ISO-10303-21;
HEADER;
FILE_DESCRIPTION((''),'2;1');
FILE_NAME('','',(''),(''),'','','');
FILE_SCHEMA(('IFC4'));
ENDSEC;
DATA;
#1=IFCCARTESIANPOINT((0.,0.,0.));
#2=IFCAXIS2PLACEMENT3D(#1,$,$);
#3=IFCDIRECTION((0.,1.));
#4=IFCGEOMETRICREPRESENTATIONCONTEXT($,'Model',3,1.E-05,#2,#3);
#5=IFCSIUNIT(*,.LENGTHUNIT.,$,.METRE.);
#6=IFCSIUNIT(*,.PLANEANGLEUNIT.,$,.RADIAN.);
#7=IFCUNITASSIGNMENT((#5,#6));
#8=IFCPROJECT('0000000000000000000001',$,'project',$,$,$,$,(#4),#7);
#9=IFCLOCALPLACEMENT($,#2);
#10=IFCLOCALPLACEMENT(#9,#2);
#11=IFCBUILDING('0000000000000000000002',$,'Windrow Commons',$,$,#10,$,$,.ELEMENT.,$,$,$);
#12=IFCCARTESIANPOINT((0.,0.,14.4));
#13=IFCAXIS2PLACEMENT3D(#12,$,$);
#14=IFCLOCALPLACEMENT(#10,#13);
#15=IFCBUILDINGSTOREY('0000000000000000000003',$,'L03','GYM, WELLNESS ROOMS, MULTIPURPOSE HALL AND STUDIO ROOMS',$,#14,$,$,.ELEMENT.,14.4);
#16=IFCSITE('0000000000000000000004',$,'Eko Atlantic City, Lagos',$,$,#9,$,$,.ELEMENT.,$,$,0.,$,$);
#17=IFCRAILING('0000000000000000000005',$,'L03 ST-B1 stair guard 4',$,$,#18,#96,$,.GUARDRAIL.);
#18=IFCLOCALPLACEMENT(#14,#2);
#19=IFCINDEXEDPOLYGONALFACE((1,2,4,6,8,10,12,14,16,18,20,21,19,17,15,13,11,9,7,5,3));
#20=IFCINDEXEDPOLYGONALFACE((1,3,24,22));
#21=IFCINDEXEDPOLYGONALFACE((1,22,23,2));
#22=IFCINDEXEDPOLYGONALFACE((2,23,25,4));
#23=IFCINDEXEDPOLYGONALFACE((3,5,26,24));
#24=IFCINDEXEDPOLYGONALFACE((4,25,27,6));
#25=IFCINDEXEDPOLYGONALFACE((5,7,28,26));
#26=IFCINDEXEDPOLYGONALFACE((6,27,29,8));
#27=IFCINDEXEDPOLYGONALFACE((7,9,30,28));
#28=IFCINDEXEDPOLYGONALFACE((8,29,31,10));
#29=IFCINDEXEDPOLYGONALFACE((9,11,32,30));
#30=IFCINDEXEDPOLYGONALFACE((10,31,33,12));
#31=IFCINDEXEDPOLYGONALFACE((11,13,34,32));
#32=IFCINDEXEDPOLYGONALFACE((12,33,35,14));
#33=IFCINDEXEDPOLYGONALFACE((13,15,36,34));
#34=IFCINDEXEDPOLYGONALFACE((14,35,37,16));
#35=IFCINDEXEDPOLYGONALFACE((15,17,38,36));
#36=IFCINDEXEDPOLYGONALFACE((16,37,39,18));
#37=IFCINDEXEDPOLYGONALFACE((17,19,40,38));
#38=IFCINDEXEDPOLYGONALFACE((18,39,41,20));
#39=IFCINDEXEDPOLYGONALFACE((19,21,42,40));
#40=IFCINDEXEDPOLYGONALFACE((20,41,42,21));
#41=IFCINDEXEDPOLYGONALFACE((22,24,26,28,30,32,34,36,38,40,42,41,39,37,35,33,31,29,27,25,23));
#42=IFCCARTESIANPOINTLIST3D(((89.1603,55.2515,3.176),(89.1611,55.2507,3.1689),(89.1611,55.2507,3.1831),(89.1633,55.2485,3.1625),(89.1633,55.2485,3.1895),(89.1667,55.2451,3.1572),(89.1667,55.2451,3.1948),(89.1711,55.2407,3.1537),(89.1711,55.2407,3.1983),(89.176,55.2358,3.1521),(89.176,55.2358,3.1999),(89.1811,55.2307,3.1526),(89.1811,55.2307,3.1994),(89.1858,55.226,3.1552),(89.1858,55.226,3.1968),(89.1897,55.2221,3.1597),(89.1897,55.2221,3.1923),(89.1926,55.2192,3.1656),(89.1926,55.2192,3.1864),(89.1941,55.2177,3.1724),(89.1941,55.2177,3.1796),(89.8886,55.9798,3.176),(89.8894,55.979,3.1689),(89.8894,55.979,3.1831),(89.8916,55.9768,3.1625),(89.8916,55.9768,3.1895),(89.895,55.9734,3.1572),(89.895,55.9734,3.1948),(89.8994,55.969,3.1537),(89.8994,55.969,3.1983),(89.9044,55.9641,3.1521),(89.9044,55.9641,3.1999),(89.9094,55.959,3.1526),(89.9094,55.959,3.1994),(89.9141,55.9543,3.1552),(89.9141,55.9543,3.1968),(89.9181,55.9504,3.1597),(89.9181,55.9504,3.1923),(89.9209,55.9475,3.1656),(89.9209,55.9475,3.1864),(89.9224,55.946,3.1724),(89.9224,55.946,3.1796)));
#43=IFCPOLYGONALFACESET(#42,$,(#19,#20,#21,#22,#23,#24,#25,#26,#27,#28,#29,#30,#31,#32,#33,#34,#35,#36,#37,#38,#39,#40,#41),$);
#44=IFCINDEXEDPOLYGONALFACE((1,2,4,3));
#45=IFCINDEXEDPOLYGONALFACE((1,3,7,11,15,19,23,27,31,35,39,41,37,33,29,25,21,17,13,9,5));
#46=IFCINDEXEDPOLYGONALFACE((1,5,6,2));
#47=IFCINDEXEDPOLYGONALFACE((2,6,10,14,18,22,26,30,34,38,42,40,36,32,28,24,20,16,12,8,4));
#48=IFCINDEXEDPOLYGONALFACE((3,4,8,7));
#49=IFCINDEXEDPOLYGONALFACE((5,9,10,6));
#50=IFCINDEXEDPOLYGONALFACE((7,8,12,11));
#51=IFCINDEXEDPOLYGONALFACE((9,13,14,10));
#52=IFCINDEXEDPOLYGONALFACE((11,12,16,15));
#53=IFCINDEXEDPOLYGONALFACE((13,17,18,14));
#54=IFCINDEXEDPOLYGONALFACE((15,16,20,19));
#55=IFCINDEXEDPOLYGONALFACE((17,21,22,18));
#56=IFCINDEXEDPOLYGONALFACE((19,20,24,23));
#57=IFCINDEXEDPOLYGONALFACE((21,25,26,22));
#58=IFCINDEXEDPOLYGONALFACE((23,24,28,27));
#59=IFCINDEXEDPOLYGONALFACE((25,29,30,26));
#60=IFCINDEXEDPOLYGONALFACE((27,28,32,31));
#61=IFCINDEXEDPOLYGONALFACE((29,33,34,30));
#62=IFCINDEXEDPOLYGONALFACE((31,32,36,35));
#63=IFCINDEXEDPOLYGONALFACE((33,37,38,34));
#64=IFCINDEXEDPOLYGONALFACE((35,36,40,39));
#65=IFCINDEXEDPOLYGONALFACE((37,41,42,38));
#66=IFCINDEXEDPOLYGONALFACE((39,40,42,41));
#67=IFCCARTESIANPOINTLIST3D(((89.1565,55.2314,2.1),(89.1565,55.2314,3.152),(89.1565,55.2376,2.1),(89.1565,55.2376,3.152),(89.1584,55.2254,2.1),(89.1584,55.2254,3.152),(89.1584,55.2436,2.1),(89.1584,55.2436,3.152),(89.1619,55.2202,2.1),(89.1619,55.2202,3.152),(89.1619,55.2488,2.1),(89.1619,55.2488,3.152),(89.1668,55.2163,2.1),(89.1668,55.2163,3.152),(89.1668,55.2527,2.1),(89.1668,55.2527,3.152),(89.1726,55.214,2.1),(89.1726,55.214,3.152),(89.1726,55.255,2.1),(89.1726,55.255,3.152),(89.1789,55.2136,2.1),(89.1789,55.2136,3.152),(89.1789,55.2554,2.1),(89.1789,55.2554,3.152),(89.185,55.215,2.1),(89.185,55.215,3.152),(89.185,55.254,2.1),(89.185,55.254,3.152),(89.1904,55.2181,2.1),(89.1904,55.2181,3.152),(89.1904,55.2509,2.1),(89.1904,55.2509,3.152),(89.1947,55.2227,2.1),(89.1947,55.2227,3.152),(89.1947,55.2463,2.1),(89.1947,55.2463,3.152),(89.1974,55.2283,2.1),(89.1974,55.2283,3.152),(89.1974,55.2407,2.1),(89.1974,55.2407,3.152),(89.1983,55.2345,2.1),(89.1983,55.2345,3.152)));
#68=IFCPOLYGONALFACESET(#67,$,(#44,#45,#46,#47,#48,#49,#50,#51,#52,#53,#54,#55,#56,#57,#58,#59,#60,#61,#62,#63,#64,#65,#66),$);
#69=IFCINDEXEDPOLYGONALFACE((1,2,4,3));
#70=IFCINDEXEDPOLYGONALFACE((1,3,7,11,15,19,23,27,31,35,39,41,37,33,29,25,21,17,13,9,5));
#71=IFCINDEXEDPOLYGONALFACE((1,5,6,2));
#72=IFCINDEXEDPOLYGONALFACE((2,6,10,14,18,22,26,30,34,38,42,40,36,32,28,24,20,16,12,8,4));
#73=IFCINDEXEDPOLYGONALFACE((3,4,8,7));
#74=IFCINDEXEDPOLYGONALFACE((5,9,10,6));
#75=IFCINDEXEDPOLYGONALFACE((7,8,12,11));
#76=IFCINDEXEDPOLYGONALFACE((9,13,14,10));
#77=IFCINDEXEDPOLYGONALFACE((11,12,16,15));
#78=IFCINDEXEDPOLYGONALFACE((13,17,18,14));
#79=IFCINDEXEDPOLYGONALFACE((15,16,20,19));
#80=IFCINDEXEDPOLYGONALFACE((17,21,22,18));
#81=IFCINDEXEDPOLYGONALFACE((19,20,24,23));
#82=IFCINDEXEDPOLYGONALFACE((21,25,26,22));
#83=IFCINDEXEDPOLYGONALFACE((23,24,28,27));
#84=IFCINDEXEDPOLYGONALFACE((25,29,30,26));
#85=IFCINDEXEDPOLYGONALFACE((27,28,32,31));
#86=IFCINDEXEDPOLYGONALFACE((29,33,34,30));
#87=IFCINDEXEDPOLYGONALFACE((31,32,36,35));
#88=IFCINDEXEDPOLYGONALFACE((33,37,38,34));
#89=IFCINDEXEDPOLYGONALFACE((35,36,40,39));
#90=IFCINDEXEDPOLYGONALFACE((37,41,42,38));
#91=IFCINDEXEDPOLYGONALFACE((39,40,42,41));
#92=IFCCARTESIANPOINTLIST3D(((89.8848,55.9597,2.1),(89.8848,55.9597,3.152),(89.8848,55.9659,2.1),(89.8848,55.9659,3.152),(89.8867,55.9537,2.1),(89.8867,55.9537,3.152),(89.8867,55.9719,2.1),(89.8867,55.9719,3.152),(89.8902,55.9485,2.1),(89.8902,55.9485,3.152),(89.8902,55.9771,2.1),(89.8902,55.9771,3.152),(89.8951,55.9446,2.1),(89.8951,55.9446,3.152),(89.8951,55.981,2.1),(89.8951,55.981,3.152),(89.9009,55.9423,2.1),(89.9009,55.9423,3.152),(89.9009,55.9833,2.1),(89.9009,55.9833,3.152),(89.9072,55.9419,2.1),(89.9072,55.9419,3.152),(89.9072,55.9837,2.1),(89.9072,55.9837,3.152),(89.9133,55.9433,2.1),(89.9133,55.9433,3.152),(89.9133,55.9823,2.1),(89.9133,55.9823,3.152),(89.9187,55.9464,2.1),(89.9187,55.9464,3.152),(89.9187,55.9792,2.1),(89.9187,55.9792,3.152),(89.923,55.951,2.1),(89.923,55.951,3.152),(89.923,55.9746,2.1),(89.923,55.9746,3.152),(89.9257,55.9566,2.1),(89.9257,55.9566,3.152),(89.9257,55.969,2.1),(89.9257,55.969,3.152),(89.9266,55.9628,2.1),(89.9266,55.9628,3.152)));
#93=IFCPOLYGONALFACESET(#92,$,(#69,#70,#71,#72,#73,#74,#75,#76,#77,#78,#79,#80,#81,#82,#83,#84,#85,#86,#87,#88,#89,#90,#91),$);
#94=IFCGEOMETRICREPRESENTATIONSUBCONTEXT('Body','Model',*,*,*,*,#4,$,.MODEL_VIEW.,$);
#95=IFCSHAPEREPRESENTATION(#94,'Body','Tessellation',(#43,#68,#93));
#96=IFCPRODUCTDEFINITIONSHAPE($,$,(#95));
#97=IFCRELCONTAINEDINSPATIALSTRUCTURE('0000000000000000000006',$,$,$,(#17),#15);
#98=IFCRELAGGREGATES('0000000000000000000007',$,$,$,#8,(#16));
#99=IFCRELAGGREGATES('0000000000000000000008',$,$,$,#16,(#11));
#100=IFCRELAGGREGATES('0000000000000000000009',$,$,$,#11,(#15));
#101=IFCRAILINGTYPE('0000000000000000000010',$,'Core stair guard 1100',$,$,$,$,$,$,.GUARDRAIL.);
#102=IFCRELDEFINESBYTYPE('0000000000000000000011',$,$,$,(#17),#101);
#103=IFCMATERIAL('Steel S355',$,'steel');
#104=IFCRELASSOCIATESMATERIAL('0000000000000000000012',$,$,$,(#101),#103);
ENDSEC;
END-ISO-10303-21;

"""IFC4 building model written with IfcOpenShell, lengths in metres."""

from ifc_helpers import new_model, si_unit, direction, frame, origin, origin_2d, place, context, subcontext, project, spatial, circle, extrude, material, type_object, element, save


model = new_model("IFC4")

# Units and contexts
model_context = context("Model", 3, precision=1e-05, world=origin(), true_north=direction((0.0, 1.0)))
body_context = subcontext(model_context, "Body", "Model", "MODEL_VIEW")
ifc_project = project(units=[si_unit("LENGTHUNIT", "METRE"), si_unit("PLANEANGLEUNIT", "RADIAN")], contexts=[model_context])

# Site, building, storey
site_placement = place(None, origin())
site = spatial("IfcSite", under=ifc_project, at=site_placement, Name="Eko Atlantic City, Lagos", CompositionType="ELEMENT", RefElevation=0.0)
building_placement = place(site_placement, origin())
building = spatial("IfcBuilding", under=site, at=building_placement, Name="Windrow Commons", CompositionType="ELEMENT")
storey_placement = place(building_placement, frame((0.0, 0.0, 14.4)))
storey = spatial("IfcBuildingStorey", under=building, at=storey_placement, Name="L03", Description="GYM, WELLNESS ROOMS, MULTIPURPOSE HALL AND STUDIO ROOMS", CompositionType="ELEMENT", Elevation=14.4)

# Railing
ifc_material_1 = material(Name="Steel S355", Category="steel")
railing_type_1 = type_object("IfcRailingType", Name="Core stair guard 1100", PredefinedType="GUARDRAIL", material=ifc_material_1)
railing_1_placement = place(storey_placement, frame((89.1773, 55.2345, 2.1)))
element("IfcRailing", 1, at=railing_1_placement, inside=storey, type_object=railing_type_1, Name="L03 ST-B1 stair guard 4", PredefinedType="GUARDRAIL", context=body_context, shape_type="SweptSolid", body=[
    extrude(circle(Radius=0.024, at=origin_2d()), frame((0.0, 0.0, 1.076), z_axis=(0.707107, 0.707107, 0.0), x_axis=(-0.707107, 0.707107, 0.0)), (0.0, 0.0, 1.0), 1.03),
    extrude(circle(Radius=0.021, at=origin_2d()), origin(), (0.0, 0.0, 1.0), 1.052),
    extrude(circle(Radius=0.021, at=origin_2d()), frame((0.7283, 0.7283, 0.0)), (0.0, 0.0, 1.0), 1.052),
])

save(model, "model.ifc")
